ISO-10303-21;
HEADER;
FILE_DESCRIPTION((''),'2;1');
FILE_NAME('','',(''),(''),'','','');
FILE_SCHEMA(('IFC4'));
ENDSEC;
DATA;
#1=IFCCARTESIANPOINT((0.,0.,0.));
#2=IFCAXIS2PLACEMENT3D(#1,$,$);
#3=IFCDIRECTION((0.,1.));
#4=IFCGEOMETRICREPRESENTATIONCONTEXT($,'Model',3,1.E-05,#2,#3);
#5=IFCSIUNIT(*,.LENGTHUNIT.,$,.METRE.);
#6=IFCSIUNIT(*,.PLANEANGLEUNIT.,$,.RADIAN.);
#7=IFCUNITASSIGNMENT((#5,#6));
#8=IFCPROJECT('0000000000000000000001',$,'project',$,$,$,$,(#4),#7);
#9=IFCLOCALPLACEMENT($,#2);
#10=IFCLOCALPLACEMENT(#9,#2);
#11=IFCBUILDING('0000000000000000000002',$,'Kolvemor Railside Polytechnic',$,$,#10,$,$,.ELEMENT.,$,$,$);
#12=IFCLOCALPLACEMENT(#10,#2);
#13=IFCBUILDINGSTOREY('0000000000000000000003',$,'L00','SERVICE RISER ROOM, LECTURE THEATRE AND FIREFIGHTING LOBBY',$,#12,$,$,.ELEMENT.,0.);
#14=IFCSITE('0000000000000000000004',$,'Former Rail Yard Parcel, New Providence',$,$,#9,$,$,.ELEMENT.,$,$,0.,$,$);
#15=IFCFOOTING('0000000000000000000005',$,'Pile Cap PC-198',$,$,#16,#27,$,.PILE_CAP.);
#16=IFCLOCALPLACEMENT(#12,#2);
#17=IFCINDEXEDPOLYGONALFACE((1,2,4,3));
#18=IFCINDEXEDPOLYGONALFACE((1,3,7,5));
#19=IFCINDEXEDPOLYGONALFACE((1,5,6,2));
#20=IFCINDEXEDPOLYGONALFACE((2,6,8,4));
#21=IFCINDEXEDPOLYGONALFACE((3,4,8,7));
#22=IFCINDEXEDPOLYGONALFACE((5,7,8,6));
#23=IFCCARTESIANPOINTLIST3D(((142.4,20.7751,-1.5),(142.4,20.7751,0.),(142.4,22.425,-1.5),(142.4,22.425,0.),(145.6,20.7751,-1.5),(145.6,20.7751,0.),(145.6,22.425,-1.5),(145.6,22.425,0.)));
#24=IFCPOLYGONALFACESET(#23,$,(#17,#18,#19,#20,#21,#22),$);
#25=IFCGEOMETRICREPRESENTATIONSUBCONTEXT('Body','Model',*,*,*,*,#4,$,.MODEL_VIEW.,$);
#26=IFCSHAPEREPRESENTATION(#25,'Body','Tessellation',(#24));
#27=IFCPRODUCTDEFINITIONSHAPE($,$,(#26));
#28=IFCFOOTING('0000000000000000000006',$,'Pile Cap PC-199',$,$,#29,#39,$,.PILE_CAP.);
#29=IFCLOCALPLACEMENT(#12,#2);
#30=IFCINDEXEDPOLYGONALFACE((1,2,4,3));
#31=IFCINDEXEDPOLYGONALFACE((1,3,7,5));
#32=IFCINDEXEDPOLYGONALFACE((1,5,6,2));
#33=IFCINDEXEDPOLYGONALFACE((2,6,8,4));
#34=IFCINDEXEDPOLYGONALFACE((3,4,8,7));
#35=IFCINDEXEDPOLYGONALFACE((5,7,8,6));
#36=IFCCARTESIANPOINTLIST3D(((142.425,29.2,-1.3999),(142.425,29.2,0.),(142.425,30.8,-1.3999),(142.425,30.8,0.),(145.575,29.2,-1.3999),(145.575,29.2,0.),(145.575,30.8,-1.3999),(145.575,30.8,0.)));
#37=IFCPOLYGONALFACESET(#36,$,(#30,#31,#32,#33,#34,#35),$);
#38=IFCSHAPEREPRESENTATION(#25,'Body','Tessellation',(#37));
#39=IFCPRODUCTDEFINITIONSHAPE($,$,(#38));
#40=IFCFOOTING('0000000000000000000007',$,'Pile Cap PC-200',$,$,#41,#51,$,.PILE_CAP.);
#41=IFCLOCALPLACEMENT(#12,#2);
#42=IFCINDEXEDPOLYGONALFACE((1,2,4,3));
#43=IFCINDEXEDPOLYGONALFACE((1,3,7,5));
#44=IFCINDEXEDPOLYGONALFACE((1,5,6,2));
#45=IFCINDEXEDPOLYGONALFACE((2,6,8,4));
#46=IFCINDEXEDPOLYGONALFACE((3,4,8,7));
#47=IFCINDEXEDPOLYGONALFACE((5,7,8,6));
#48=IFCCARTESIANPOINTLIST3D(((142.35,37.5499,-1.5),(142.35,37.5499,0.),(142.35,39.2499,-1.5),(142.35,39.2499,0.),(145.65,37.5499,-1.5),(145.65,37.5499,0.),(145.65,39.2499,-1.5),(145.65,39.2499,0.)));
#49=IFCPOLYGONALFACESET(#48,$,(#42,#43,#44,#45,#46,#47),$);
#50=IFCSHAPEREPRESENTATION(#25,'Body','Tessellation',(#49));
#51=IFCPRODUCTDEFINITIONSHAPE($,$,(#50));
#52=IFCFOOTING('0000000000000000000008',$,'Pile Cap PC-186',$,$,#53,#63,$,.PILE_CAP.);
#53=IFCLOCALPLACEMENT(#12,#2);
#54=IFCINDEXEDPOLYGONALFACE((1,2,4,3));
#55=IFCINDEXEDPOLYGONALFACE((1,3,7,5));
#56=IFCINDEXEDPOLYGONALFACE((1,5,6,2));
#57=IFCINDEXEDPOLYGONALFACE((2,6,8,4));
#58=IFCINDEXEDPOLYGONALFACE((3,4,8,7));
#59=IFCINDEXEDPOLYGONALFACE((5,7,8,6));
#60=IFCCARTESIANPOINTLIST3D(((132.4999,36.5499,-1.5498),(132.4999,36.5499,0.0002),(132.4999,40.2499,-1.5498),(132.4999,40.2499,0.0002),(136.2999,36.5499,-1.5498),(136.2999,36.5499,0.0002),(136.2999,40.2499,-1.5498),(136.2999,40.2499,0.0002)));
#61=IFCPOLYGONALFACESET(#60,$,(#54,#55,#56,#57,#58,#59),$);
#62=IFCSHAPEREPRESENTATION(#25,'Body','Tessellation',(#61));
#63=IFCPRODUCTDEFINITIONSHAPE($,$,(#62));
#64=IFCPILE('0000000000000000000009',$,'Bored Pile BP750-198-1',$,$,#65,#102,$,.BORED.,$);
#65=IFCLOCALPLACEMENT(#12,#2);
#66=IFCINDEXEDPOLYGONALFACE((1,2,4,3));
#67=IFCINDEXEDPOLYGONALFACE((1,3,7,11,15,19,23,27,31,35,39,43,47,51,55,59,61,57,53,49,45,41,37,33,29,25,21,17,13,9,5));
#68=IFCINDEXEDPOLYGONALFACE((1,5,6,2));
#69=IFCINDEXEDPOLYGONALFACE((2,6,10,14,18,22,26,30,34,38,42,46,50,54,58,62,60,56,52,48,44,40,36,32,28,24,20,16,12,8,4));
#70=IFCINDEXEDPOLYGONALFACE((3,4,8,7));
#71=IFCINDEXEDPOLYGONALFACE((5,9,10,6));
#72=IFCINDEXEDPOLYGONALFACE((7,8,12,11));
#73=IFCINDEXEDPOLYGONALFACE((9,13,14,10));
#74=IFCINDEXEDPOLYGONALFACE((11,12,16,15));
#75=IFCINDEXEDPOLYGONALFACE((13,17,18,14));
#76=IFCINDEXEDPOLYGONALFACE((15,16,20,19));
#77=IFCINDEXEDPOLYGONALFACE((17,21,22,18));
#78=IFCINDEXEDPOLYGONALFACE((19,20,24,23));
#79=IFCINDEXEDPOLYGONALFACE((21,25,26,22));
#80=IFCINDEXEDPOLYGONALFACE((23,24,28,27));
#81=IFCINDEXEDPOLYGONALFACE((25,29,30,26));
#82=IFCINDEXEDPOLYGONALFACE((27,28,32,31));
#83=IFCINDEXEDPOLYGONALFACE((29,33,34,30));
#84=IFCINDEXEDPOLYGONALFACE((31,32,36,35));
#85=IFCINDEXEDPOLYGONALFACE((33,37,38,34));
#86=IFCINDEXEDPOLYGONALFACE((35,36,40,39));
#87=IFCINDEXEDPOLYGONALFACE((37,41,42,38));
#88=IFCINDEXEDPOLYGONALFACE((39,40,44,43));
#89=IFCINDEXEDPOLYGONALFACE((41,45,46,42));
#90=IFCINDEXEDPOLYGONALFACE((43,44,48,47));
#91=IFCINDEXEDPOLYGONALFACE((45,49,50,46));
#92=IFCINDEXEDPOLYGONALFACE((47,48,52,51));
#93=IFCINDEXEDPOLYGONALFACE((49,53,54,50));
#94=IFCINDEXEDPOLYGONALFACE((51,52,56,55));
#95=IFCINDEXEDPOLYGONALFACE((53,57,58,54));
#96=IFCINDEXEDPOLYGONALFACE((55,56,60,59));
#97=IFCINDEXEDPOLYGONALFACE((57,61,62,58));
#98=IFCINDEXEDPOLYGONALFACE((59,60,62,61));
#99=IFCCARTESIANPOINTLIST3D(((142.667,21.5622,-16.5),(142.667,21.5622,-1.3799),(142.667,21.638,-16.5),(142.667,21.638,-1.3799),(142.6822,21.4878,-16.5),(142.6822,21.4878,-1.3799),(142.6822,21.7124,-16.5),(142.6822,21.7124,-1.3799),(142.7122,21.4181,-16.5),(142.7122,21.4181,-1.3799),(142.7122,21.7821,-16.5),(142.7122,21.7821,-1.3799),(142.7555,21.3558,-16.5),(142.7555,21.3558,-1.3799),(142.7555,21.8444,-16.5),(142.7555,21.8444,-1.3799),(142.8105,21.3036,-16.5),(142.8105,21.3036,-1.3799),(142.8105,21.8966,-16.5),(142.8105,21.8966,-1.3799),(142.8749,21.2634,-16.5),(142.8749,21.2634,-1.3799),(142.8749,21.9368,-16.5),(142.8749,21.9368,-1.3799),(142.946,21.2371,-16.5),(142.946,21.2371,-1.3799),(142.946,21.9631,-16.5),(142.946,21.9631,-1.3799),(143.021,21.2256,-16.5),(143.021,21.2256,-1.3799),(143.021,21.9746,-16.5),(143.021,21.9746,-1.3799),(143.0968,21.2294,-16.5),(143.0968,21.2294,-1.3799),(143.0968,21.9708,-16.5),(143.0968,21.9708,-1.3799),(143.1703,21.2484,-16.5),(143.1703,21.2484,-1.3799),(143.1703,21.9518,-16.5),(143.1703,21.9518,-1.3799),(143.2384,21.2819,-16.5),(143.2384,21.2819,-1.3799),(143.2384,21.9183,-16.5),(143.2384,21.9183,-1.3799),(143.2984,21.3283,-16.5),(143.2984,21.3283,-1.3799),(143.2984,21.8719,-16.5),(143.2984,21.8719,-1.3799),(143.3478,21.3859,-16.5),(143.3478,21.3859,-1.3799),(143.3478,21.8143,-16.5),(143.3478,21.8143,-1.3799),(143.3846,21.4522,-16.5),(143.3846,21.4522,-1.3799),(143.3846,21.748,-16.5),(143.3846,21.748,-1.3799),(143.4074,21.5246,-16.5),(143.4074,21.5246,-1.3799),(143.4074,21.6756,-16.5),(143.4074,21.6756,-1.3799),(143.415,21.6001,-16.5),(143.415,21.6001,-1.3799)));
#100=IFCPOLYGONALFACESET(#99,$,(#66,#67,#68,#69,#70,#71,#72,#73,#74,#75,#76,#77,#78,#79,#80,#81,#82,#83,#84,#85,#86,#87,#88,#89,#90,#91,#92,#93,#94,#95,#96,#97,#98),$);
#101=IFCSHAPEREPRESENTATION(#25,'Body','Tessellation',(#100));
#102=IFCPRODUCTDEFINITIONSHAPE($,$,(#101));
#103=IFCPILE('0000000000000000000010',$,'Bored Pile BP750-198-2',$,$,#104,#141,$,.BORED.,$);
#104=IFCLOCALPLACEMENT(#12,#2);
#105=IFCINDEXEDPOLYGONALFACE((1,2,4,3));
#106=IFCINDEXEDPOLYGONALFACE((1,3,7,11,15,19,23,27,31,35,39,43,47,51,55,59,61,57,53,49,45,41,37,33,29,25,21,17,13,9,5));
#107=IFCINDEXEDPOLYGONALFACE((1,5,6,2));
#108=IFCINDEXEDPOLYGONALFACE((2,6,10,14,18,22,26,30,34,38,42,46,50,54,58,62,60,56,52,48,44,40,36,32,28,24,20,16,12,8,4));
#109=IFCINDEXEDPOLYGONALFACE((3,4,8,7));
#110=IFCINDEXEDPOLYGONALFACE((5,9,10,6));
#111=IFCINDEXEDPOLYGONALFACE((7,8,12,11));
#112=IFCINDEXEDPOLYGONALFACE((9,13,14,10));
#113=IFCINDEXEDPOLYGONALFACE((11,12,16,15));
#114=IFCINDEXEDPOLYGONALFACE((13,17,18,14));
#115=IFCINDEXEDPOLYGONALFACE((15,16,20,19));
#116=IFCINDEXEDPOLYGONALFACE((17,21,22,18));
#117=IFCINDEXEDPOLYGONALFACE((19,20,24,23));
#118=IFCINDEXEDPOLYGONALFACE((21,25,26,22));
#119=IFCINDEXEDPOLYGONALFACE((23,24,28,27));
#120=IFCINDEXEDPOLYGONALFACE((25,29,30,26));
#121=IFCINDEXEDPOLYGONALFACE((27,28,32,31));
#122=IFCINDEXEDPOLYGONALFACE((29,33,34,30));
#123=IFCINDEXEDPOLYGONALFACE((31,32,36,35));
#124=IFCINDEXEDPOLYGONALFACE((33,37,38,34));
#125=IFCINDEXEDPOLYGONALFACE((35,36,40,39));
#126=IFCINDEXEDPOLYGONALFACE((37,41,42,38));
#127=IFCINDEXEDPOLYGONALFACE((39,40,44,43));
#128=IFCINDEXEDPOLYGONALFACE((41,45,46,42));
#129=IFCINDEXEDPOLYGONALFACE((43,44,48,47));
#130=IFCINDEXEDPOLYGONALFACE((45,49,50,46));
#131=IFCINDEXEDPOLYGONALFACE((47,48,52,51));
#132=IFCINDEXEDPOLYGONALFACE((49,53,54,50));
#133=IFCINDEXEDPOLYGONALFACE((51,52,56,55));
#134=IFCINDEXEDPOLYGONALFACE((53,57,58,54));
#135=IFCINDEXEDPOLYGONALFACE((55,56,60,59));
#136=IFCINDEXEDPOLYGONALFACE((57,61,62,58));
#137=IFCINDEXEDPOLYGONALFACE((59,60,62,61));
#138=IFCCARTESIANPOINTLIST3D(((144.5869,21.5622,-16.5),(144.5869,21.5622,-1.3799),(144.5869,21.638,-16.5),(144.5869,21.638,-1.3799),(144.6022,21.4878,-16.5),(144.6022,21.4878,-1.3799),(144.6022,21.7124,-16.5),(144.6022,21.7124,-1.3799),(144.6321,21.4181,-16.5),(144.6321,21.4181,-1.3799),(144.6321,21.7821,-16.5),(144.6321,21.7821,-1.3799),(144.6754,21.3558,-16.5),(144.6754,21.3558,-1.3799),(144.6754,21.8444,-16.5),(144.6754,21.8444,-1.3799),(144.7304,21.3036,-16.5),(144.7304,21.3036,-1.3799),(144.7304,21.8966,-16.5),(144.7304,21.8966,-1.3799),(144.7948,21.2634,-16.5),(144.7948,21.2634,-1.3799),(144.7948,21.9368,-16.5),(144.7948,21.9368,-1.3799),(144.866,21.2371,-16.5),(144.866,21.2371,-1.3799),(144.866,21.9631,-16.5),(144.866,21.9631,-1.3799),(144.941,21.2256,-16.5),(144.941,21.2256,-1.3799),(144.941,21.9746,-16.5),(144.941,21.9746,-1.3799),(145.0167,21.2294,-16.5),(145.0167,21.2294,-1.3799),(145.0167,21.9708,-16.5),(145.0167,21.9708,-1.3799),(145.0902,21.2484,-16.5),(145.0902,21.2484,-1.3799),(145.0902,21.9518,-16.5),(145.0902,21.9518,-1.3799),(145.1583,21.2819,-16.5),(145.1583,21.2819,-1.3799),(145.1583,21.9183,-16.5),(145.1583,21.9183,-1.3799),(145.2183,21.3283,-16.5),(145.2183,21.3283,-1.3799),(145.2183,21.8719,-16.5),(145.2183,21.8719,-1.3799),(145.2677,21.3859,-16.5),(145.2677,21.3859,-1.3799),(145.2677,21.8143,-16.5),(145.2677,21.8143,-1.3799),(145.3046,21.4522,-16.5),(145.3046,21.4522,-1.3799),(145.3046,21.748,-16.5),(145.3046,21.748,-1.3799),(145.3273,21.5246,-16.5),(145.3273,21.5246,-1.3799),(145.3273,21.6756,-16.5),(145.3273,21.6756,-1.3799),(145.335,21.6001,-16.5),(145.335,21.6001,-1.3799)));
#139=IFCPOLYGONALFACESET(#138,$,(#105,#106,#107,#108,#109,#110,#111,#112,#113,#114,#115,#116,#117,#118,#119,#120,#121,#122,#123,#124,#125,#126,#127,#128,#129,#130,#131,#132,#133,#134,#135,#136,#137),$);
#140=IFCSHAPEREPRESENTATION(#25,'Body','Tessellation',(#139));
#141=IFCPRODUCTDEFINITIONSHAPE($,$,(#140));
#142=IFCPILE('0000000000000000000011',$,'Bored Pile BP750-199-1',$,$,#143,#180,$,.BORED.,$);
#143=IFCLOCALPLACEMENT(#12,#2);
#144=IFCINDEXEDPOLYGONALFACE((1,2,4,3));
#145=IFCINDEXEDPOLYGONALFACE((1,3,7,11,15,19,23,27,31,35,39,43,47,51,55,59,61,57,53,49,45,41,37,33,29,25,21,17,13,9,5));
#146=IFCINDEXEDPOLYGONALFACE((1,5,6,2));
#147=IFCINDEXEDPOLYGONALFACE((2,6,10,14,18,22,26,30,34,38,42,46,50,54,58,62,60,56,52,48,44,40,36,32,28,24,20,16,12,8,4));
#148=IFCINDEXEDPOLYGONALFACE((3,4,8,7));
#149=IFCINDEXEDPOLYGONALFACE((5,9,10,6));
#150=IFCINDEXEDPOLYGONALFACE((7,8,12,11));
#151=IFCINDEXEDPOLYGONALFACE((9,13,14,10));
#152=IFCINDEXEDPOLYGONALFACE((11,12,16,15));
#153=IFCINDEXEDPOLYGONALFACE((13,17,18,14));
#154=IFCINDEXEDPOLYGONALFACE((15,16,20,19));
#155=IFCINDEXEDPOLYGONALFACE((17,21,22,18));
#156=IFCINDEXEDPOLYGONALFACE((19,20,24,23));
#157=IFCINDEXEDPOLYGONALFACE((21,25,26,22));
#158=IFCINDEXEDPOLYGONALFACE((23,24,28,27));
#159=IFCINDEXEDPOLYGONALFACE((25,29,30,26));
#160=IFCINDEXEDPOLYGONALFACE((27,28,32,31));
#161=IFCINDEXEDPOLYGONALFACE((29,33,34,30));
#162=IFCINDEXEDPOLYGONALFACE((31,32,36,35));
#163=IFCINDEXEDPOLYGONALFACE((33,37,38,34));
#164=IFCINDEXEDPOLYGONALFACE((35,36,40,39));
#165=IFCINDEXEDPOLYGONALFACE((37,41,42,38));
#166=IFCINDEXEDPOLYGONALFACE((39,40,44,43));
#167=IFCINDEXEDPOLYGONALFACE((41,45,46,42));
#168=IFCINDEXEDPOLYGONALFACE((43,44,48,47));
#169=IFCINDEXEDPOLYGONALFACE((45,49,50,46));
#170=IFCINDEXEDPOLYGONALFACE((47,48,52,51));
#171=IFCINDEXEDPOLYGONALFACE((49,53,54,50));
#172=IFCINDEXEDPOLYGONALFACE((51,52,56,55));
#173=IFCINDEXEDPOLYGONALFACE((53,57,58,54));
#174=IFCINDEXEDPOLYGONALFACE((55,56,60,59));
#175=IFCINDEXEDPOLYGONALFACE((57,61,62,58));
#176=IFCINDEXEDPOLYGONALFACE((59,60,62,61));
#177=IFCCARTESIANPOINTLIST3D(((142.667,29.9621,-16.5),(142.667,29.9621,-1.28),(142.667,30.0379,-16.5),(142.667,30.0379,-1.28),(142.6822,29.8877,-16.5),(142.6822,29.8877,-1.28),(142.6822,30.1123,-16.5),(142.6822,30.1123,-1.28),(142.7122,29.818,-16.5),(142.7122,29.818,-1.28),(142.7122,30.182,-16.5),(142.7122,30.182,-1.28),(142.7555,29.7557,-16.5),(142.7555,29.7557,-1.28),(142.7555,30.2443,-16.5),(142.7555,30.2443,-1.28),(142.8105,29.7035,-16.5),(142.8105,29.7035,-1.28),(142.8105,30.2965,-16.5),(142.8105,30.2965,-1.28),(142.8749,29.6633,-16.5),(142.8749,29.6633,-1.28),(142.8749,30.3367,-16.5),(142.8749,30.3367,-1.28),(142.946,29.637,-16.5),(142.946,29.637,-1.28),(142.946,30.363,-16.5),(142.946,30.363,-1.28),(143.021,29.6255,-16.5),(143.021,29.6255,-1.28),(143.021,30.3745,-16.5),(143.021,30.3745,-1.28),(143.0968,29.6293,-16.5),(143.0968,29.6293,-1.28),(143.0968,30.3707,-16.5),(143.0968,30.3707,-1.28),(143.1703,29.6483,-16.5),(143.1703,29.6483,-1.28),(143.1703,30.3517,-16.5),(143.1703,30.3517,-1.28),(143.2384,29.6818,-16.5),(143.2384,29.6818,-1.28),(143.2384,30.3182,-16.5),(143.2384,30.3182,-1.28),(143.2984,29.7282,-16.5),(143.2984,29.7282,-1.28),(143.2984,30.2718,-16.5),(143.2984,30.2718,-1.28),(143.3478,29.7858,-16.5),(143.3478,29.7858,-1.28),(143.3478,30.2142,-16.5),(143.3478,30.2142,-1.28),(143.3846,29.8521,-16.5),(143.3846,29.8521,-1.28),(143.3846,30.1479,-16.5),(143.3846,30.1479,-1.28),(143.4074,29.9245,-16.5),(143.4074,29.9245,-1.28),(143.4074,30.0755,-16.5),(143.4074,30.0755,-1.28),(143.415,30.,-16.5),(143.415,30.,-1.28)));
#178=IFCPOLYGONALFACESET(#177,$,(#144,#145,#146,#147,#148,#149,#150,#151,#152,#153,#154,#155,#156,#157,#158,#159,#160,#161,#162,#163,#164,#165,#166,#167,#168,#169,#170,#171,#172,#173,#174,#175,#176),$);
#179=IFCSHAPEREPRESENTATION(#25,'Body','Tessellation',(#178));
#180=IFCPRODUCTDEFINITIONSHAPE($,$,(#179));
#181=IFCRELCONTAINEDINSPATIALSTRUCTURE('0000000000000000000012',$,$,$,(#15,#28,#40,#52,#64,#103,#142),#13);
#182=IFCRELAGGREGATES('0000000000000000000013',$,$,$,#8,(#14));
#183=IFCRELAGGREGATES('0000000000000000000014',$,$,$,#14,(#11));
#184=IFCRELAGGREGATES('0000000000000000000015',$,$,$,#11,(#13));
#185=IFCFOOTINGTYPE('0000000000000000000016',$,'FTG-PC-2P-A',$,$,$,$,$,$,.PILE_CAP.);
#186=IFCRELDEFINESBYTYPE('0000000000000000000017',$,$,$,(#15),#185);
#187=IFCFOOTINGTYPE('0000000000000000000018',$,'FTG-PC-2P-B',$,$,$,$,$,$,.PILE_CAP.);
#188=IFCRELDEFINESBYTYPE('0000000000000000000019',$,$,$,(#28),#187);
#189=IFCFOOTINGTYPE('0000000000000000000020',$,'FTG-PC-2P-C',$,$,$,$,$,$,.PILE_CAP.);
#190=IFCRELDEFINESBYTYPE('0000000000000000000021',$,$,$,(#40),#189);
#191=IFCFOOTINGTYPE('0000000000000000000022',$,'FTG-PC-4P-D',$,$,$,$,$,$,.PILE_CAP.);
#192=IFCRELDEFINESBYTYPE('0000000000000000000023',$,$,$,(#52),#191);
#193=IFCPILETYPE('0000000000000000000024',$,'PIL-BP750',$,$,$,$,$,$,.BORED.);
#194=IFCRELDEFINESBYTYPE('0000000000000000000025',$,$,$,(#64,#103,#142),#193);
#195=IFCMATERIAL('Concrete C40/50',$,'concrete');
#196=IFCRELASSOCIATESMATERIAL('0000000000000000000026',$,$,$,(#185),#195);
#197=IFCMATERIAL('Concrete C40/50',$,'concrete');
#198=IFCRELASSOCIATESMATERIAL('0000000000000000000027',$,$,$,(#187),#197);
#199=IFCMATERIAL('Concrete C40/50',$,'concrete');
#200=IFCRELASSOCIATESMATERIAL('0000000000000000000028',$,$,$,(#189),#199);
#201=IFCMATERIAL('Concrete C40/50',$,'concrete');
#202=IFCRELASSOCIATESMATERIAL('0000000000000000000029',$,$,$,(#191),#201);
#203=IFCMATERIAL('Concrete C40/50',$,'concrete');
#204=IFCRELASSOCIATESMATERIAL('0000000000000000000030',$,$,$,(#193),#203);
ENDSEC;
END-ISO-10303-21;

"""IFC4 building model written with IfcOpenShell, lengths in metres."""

from ifc_helpers import new_model, si_unit, direction, frame, origin, origin_2d, place, context, subcontext, project, spatial, rectangle, circle, extrude, material, material_profile, profile_set, type_object, element, save


model = new_model("IFC4")

# Units and contexts
model_context = context("Model", 3, precision=1e-05, world=origin(), true_north=direction((0.0, 1.0)))
body_context = subcontext(model_context, "Body", "Model", "MODEL_VIEW")
ifc_project = project(units=[si_unit("LENGTHUNIT", "METRE"), si_unit("PLANEANGLEUNIT", "RADIAN")], contexts=[model_context])

# Site, building, storey
site_placement = place(None, origin())
site = spatial("IfcSite", under=ifc_project, at=site_placement, Name="Former Rail Yard Parcel, New Providence", CompositionType="ELEMENT", RefElevation=0.0)
building_placement = place(site_placement, origin())
building = spatial("IfcBuilding", under=site, at=building_placement, Name="Kolvemor Railside Polytechnic", CompositionType="ELEMENT")
storey_placement = place(building_placement, origin())
storey = spatial("IfcBuildingStorey", under=building, at=storey_placement, Name="L00", Description="SERVICE RISER ROOM, LECTURE THEATRE AND FIREFIGHTING LOBBY", CompositionType="ELEMENT", Elevation=0.0)

# Footings
ifc_material_1 = material(Name="Concrete C40/50", Category="concrete")
footing_type_1 = type_object("IfcFootingType", Name="FTG-PC-2P-A", PredefinedType="PILE_CAP", material=ifc_material_1)
footing_1_placement = place(storey_placement, frame((144.0, 21.6001, -1.5), z_axis=(0.0, 0.0, 1.0), x_axis=(1.0, 0.0, 0.0)))
element("IfcFooting", 1, at=footing_1_placement, inside=storey, type_object=footing_type_1, Name="Pile Cap PC-198", PredefinedType="PILE_CAP", context=body_context, shape_type="SweptSolid", body=[
    extrude(rectangle(XDim=3.2, YDim=1.6499, at=origin_2d()), origin(), (0.0, 0.0, 1.0), 1.5),
])
ifc_material_2 = material(Name="Concrete C40/50", Category="concrete")
footing_type_2 = type_object("IfcFootingType", Name="FTG-PC-2P-B", PredefinedType="PILE_CAP", material=ifc_material_2)
footing_2_placement = place(storey_placement, frame((144.0, 30.0, -1.3999), z_axis=(0.0, 0.0, 1.0), x_axis=(1.0, 0.0, 0.0)))
element("IfcFooting", 2, at=footing_2_placement, inside=storey, type_object=footing_type_2, Name="Pile Cap PC-199", PredefinedType="PILE_CAP", context=body_context, shape_type="SweptSolid", body=[
    extrude(rectangle(XDim=3.1499, YDim=1.6001, at=origin_2d()), origin(), (0.0, 0.0, 1.0), 1.3999),
])
ifc_material_3 = material(Name="Concrete C40/50", Category="concrete")
footing_type_3 = type_object("IfcFootingType", Name="FTG-PC-2P-C", PredefinedType="PILE_CAP", material=ifc_material_3)
footing_3_placement = place(storey_placement, frame((144.0, 38.3999, -1.5), z_axis=(0.0, 0.0, 1.0), x_axis=(1.0, 0.0, 0.0)))
element("IfcFooting", 3, at=footing_3_placement, inside=storey, type_object=footing_type_3, Name="Pile Cap PC-200", PredefinedType="PILE_CAP", context=body_context, shape_type="SweptSolid", body=[
    extrude(rectangle(XDim=3.3, YDim=1.7, at=origin_2d()), origin(), (0.0, 0.0, 1.0), 1.5),
])
ifc_material_4 = material(Name="Concrete C40/50", Category="concrete")
footing_type_4 = type_object("IfcFootingType", Name="FTG-PC-4P-D", PredefinedType="PILE_CAP", material=ifc_material_4)
footing_4_placement = place(storey_placement, frame((134.3999, 38.3999, -1.5498), z_axis=(0.0, 0.0, 1.0), x_axis=(1.0, 0.0, 0.0)))
element("IfcFooting", 4, at=footing_4_placement, inside=storey, type_object=footing_type_4, Name="Pile Cap PC-186", PredefinedType="PILE_CAP", context=body_context, shape_type="SweptSolid", body=[
    extrude(rectangle(XDim=3.8, YDim=3.7, at=origin_2d()), origin(), (0.0, 0.0, 1.0), 1.55),
])

# Piles
ifc_material_5 = material(Name="Concrete C40/50", Category="concrete")
ifc_material_profile_1 = material_profile(ifc_material_5, circle(Radius=0.375, at=origin_2d()), Name="BP750")
ifc_profile_set_1 = profile_set([ifc_material_profile_1], Name="Concrete C40/50")
pile_type_1 = type_object("IfcPileType", Name="PIL-BP750", PredefinedType="BORED", material=ifc_profile_set_1)
for number, where, z_axis, x_axis, name in (
    (5, (143.04, 21.6001, -1.3799), (0.0, 0.0, -1.0), (1.0, 0.0, 0.0), "Bored Pile BP750-198-1"),
    (6, (144.96, 21.6001, -1.3799), (0.0, 0.0, -1.0), (1.0, 0.0, 0.0), "Bored Pile BP750-198-2"),
):
    element("IfcPile", number, at=place(storey_placement, frame(where, z_axis=z_axis, x_axis=x_axis)), inside=storey, type_object=pile_type_1, Name=name, PredefinedType="BORED", context=body_context, shape_type="SweptSolid", body=[
        extrude(circle(Radius=0.375, at=origin_2d()), origin(), (0.0, 0.0, 1.0), 15.1201),
    ])
for number, where, z_axis, x_axis, name in (
    (7, (143.04, 30.0, -1.28), (0.0, 0.0, -1.0), (1.0, 0.0, 0.0), "Bored Pile BP750-199-1"),
):
    element("IfcPile", number, at=place(storey_placement, frame(where, z_axis=z_axis, x_axis=x_axis)), inside=storey, type_object=pile_type_1, Name=name, PredefinedType="BORED", context=body_context, shape_type="SweptSolid", body=[
        extrude(circle(Radius=0.375, at=origin_2d()), origin(), (0.0, 0.0, 1.0), 15.22),
    ])

save(model, "model.ifc")
